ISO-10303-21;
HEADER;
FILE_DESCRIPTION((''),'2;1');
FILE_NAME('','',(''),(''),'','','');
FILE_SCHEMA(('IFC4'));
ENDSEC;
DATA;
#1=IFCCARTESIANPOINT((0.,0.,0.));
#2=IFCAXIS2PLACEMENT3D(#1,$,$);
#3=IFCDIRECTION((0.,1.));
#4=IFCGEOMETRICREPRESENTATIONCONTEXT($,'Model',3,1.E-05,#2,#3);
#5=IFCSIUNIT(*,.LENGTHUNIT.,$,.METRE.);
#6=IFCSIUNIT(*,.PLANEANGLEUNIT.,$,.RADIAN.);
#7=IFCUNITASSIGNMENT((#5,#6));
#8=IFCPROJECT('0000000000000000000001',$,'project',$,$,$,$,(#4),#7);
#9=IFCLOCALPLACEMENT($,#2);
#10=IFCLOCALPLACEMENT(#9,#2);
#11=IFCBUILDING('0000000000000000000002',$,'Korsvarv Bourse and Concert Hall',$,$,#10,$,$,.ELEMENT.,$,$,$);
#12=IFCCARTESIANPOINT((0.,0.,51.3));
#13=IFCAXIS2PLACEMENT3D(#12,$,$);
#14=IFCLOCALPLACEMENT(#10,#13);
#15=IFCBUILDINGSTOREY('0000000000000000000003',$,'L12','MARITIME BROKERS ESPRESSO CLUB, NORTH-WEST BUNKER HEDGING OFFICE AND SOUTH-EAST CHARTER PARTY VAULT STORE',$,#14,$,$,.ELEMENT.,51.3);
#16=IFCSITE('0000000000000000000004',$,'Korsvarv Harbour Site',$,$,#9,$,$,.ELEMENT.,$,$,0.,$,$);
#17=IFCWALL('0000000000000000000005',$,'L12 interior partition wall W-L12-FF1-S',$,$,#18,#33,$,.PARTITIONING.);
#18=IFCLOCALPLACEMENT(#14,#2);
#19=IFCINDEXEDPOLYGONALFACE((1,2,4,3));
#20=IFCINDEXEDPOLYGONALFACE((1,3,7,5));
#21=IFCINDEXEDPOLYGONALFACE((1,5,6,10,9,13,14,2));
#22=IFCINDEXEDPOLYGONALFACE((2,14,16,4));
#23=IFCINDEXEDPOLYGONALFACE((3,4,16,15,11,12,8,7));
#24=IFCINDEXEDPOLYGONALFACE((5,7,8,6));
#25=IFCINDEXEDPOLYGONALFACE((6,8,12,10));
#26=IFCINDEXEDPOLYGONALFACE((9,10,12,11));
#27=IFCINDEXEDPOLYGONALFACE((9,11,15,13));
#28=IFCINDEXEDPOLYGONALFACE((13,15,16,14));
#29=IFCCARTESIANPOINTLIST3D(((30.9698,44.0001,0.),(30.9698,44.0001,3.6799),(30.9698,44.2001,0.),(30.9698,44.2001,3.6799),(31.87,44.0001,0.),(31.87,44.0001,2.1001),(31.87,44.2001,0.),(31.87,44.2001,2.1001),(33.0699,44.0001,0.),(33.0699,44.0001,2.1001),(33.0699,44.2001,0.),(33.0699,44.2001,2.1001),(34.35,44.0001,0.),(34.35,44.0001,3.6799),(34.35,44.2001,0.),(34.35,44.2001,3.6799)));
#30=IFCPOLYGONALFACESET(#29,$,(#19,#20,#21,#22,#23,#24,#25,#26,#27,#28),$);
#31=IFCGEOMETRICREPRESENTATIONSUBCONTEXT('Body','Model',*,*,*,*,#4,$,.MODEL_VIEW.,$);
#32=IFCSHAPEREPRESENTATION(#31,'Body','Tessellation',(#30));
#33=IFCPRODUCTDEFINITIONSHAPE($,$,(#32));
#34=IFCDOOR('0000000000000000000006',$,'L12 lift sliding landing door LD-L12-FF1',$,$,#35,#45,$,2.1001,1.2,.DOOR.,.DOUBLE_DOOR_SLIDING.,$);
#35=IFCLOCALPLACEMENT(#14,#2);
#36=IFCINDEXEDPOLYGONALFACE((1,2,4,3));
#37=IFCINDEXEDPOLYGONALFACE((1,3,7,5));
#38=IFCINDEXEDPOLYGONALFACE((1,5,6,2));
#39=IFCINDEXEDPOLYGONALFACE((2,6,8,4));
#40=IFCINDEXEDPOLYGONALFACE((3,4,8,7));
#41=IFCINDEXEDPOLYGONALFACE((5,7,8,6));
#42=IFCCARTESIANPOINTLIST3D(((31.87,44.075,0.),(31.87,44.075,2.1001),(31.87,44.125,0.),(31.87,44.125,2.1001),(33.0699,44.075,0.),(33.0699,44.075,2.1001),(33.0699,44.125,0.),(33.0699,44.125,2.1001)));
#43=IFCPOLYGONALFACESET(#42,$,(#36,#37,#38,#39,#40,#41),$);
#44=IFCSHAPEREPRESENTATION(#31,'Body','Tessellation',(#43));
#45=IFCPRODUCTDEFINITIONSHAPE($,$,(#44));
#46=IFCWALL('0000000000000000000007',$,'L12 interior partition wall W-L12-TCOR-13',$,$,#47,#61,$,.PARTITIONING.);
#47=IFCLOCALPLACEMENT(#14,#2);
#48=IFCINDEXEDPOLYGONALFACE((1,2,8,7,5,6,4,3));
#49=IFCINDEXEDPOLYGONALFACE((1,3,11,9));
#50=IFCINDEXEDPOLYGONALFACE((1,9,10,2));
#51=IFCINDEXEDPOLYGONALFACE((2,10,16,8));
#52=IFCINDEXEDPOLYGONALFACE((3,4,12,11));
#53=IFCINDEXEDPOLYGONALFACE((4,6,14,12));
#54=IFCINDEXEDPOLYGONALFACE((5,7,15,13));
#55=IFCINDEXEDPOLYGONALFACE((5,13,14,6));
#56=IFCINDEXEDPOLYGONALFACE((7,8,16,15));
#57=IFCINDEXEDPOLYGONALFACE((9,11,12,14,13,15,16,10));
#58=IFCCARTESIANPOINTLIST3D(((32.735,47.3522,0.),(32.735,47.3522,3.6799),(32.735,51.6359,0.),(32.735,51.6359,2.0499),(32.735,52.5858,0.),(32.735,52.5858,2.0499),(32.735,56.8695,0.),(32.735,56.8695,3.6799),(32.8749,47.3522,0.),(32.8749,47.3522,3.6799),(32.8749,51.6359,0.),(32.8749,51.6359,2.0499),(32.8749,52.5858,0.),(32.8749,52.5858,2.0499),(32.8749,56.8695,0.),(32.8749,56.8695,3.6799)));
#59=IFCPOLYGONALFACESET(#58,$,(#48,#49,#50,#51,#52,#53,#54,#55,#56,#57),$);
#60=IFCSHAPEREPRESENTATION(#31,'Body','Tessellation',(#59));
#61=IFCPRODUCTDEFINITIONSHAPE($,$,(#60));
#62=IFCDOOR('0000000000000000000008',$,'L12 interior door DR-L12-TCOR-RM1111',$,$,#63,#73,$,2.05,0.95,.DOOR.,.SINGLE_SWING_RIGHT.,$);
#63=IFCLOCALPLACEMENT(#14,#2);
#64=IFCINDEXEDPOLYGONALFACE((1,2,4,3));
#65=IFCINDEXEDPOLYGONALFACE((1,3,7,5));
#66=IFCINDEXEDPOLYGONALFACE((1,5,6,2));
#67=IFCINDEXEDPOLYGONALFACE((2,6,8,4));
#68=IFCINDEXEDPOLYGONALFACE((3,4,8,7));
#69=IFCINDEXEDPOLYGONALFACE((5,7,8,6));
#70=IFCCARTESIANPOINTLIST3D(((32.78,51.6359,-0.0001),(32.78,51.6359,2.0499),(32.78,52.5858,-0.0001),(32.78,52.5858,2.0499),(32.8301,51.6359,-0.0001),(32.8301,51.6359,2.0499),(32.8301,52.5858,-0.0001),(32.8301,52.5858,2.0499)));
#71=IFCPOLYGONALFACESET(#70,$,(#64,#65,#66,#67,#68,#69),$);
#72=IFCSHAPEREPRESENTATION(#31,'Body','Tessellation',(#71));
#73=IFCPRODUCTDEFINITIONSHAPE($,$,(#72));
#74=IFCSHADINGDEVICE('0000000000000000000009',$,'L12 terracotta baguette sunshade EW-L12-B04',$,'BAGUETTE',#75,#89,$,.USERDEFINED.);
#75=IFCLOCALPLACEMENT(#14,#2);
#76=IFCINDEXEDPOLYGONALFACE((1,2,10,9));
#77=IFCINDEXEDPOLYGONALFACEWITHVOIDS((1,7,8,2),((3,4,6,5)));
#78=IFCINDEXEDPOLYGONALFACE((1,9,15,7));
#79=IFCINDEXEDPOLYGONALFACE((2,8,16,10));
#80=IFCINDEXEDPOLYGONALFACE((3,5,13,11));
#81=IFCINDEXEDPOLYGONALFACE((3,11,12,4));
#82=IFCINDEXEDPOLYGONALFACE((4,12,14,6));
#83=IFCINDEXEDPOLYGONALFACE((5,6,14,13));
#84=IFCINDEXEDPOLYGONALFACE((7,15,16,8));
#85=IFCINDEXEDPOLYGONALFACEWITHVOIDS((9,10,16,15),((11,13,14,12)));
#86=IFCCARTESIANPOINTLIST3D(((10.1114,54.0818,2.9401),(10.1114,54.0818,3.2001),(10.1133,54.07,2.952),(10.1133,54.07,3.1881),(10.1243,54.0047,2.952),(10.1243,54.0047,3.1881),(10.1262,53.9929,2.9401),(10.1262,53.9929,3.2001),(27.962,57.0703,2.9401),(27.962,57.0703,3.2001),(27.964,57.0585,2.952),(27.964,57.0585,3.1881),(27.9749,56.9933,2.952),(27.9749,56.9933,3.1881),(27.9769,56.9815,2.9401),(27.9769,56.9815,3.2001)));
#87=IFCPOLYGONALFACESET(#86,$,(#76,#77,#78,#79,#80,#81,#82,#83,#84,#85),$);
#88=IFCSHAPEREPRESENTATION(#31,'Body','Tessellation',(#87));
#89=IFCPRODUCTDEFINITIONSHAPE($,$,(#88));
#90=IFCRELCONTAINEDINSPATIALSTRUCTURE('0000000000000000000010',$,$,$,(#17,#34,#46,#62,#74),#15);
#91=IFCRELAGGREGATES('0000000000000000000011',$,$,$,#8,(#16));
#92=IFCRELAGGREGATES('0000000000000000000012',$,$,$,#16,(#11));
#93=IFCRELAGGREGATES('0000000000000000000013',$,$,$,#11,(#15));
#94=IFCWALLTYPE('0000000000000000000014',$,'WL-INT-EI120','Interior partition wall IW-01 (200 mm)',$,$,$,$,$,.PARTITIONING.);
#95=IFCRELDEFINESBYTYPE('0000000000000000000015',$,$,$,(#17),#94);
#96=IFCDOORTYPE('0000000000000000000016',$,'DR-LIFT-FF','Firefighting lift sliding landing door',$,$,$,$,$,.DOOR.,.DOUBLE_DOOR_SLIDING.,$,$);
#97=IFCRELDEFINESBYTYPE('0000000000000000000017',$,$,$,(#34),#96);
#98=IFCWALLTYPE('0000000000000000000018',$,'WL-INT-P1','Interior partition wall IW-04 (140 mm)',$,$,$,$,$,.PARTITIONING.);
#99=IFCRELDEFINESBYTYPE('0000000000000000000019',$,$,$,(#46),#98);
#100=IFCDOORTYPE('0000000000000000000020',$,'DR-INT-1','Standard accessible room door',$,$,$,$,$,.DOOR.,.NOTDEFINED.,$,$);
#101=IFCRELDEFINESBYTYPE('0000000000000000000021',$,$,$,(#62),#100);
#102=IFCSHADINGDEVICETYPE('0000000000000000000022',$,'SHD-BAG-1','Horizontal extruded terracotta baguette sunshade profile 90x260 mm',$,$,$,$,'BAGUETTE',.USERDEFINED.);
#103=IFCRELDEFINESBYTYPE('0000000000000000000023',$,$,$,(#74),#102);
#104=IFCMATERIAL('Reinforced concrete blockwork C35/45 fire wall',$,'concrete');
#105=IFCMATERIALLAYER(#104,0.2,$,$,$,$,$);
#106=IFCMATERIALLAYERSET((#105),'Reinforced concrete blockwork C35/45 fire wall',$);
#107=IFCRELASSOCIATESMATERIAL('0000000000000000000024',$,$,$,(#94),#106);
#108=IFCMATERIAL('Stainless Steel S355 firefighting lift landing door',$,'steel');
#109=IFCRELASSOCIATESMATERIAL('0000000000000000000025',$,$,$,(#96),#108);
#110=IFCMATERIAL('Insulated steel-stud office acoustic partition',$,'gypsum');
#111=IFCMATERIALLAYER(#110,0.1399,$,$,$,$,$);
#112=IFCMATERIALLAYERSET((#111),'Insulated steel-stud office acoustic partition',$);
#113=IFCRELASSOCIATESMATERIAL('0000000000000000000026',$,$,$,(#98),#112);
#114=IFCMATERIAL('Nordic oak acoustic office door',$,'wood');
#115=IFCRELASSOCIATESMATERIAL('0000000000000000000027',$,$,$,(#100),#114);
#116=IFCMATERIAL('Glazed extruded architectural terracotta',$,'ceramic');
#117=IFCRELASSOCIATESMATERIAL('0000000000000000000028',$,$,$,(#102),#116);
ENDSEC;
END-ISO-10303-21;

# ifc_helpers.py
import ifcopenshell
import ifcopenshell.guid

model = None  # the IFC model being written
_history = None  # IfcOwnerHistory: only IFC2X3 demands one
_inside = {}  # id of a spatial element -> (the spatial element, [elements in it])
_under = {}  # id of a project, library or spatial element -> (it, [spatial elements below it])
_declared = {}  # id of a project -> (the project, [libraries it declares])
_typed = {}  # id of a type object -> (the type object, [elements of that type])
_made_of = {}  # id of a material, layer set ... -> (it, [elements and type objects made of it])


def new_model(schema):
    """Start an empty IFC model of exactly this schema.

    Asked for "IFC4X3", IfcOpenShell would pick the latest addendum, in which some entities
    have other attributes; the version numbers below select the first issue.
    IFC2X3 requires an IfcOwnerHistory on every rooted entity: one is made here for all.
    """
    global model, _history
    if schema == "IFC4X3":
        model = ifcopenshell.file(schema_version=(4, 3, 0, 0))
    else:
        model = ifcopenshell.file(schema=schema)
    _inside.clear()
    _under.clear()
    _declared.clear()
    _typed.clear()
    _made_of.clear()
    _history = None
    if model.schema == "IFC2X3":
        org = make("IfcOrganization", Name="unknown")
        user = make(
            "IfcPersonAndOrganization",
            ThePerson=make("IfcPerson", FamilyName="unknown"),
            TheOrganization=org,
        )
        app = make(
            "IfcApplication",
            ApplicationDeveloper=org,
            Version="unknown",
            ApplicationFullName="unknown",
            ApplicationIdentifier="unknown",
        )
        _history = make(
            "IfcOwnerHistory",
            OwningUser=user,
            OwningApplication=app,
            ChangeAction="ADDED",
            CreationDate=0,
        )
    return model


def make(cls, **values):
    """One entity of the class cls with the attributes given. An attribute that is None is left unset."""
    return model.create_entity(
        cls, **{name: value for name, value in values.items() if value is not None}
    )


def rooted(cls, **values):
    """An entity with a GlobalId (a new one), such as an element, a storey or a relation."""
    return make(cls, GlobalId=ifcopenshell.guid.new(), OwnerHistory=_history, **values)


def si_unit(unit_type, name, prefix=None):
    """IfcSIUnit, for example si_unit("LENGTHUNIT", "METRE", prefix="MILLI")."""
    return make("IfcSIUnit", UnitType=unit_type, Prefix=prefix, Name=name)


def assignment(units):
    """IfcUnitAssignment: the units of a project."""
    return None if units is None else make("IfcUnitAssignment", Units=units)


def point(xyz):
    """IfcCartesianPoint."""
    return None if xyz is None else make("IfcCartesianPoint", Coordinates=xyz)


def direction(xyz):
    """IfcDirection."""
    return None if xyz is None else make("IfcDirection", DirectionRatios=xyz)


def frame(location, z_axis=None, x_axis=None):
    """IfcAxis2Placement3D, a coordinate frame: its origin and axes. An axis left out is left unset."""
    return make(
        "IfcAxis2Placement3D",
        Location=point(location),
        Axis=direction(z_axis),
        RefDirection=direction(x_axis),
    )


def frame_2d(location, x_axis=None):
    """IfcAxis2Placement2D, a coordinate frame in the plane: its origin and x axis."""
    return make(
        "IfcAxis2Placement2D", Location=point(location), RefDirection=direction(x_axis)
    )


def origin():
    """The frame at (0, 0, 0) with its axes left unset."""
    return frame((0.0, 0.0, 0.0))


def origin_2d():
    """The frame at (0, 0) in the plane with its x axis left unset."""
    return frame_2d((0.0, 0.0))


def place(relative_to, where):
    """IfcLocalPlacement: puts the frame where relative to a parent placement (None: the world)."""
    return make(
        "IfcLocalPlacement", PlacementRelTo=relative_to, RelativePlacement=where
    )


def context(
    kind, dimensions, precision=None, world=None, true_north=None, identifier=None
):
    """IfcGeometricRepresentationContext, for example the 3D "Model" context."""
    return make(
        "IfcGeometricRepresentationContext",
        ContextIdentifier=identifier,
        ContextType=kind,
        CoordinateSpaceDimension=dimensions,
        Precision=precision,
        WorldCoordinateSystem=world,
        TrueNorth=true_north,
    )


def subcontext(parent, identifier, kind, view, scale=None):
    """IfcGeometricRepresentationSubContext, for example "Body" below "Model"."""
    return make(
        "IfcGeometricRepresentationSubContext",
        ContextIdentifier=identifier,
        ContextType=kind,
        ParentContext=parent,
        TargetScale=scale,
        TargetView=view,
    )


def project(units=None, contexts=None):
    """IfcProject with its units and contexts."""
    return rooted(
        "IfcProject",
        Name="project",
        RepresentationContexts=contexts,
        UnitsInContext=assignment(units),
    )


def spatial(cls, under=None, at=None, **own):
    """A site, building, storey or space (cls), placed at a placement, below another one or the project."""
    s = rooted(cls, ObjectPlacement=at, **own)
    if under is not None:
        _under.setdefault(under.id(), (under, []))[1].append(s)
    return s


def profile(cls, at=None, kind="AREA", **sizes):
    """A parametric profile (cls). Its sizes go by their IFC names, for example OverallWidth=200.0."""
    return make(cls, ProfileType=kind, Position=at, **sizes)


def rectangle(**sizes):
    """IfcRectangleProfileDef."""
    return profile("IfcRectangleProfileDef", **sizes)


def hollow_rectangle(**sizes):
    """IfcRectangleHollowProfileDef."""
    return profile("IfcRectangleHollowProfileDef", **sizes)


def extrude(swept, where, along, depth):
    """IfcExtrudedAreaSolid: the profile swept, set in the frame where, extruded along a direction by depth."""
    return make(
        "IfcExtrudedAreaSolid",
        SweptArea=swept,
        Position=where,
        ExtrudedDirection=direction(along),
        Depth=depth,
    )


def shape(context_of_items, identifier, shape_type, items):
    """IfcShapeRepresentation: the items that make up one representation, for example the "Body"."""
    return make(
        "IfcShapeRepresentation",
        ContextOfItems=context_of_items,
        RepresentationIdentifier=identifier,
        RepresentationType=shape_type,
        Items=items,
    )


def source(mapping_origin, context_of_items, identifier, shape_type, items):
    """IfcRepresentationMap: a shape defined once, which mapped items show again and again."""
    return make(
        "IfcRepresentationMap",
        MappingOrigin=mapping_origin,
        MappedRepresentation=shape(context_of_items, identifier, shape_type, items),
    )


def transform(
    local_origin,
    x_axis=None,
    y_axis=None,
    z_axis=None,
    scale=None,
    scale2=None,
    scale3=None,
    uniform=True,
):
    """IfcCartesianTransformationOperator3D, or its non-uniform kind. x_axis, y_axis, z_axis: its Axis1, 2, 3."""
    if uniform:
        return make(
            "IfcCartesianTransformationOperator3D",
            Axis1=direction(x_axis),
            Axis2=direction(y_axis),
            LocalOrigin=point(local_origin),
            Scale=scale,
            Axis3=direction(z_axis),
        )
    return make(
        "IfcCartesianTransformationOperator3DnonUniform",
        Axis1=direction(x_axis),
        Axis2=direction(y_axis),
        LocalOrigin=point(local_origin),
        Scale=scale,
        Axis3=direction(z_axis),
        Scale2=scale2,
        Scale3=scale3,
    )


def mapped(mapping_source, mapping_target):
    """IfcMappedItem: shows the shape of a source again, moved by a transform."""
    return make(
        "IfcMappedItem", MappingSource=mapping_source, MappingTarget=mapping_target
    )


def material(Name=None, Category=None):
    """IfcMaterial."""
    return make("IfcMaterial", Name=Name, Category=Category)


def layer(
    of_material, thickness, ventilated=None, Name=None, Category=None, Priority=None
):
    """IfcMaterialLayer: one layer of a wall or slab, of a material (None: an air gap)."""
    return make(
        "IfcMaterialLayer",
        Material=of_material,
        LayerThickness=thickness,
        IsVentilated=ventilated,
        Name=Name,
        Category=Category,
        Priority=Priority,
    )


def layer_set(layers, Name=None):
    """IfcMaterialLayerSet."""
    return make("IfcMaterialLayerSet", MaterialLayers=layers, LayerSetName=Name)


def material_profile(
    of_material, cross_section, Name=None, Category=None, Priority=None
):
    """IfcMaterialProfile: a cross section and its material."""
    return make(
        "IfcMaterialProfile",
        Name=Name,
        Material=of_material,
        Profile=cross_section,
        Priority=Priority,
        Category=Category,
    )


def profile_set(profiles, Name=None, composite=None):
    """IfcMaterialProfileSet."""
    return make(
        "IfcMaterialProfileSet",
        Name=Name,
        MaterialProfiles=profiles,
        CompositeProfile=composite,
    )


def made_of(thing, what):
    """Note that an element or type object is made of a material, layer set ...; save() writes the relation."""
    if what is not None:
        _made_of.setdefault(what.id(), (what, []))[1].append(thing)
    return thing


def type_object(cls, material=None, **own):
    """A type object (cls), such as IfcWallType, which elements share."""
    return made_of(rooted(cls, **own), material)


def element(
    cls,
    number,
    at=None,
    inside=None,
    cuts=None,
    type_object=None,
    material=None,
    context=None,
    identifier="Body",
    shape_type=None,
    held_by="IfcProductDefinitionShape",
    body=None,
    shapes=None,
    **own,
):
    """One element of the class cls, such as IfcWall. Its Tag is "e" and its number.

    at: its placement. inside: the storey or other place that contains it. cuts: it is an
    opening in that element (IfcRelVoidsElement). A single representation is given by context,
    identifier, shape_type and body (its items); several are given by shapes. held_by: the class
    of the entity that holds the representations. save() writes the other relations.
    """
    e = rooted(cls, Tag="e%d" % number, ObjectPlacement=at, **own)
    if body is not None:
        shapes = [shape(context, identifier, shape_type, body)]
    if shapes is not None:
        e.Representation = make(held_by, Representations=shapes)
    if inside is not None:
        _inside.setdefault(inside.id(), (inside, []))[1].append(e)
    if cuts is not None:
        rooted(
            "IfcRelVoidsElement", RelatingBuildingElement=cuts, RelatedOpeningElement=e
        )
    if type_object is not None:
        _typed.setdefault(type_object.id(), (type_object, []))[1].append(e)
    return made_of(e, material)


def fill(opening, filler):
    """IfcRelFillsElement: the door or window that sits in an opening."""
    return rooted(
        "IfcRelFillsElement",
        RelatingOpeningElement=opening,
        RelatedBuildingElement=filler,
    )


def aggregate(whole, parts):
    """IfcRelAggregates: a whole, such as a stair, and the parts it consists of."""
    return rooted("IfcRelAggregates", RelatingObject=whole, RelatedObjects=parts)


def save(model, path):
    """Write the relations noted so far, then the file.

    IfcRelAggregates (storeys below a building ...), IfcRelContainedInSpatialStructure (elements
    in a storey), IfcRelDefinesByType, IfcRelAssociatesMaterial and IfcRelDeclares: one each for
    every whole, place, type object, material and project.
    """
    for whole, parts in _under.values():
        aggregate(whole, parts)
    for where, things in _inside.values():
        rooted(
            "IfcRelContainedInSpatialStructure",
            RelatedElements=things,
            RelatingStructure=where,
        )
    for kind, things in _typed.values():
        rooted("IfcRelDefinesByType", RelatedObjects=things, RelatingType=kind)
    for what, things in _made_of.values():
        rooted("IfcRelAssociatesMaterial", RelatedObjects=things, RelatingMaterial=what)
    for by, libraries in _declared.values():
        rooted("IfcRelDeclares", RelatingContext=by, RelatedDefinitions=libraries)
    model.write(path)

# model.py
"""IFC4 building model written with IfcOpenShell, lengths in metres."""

from ifc_helpers import new_model, si_unit, direction, frame, frame_2d, origin, origin_2d, place, context, subcontext, project, spatial, rectangle, hollow_rectangle, extrude, source, transform, mapped, material, layer, layer_set, material_profile, profile_set, type_object, element, fill, save


model = new_model("IFC4")

# Units and contexts
model_context = context("Model", 3, precision=1e-05, world=origin(), true_north=direction((0.0, 1.0)))
body_context = subcontext(model_context, "Body", "Model", "MODEL_VIEW")
ifc_project = project(units=[si_unit("LENGTHUNIT", "METRE"), si_unit("PLANEANGLEUNIT", "RADIAN")], contexts=[model_context])

# Site, building, storey
site_placement = place(None, origin())
site = spatial("IfcSite", under=ifc_project, at=site_placement, Name="Korsvarv Harbour Site", CompositionType="ELEMENT", RefElevation=0.0)
building_placement = place(site_placement, origin())
building = spatial("IfcBuilding", under=site, at=building_placement, Name="Korsvarv Bourse and Concert Hall", CompositionType="ELEMENT")
storey_placement = place(building_placement, frame((0.0, 0.0, 51.3)))
storey = spatial("IfcBuildingStorey", under=building, at=storey_placement, Name="L12", Description="MARITIME BROKERS ESPRESSO CLUB, NORTH-WEST BUNKER HEDGING OFFICE AND SOUTH-EAST CHARTER PARTY VAULT STORE", CompositionType="ELEMENT", Elevation=51.3)

# Walls, openings, doors
ifc_material_1 = material(Name="Reinforced concrete blockwork C35/45 fire wall", Category="concrete")
ifc_layer_1 = layer(ifc_material_1, 0.2)
ifc_layer_set_1 = layer_set([ifc_layer_1], Name="Reinforced concrete blockwork C35/45 fire wall")
wall_type_1 = type_object("IfcWallType", Name="WL-INT-EI120", Description="Interior partition wall IW-01 (200 mm)", PredefinedType="PARTITIONING", material=ifc_layer_set_1)
wall_1_placement = place(storey_placement, frame((30.97, 44.1001, 0.0), z_axis=(0.0, 0.0, 1.0), x_axis=(1.0, 0.0, 0.0)))
wall_1 = element("IfcWall", 1, at=wall_1_placement, inside=storey, type_object=wall_type_1, Name="L12 interior partition wall W-L12-FF1-S", PredefinedType="PARTITIONING", context=body_context, shape_type="SweptSolid", body=[
    extrude(rectangle(XDim=3.3801, YDim=0.2, at=frame_2d((1.6899, 0.0))), origin(), (0.0, 0.0, 1.0), 3.6799),
])
opening_1_placement = place(wall_1_placement, frame((0.8999, 0.0, 0.0)))
opening_1 = element("IfcOpeningElement", 2, at=opening_1_placement, cuts=wall_1, PredefinedType="OPENING", context=body_context, shape_type="SweptSolid", body=[
    extrude(rectangle(XDim=1.2, YDim=2.1001, at=frame_2d((0.6001, 1.05))), frame((0.0, 0.1099, 0.0), z_axis=(0.0, -1.0, 0.0), x_axis=(1.0, 0.0, 0.0)), (0.0, 0.0, 1.0), 0.22),
])
ifc_material_2 = material(Name="Stainless Steel S355 firefighting lift landing door", Category="steel")
door_type_1 = type_object("IfcDoorType", Name="DR-LIFT-FF", Description="Firefighting lift sliding landing door", OperationType="DOUBLE_DOOR_SLIDING", PredefinedType="DOOR", material=ifc_material_2)
door_1_placement = place(opening_1_placement, origin())
door_1 = element("IfcDoor", 3, at=door_1_placement, inside=storey, type_object=door_type_1, Name="L12 lift sliding landing door LD-L12-FF1", OperationType="DOUBLE_DOOR_SLIDING", OverallHeight=2.1001, OverallWidth=1.2, PredefinedType="DOOR", context=body_context, shape_type="SweptSolid", body=[
    extrude(rectangle(XDim=1.2, YDim=2.1001, at=frame_2d((0.6001, 1.05))), frame((0.0, 0.0249, 0.0), z_axis=(0.0, -1.0, 0.0), x_axis=(1.0, 0.0, 0.0)), (0.0, 0.0, 1.0), 0.05),
])
fill(opening_1, door_1)
ifc_material_3 = material(Name="Insulated steel-stud office acoustic partition", Category="gypsum")
ifc_layer_2 = layer(ifc_material_3, 0.1399)
ifc_layer_set_2 = layer_set([ifc_layer_2], Name="Insulated steel-stud office acoustic partition")
wall_type_2 = type_object("IfcWallType", Name="WL-INT-P1", Description="Interior partition wall IW-04 (140 mm)", PredefinedType="PARTITIONING", material=ifc_layer_set_2)
wall_2_placement = place(storey_placement, frame((32.8049, 47.3521, 0.0), z_axis=(0.0, 0.0, 1.0), x_axis=(0.0, 1.0, 0.0)))
wall_2 = element("IfcWall", 4, at=wall_2_placement, inside=storey, type_object=wall_type_2, Name="L12 interior partition wall W-L12-TCOR-13", PredefinedType="PARTITIONING", context=body_context, shape_type="SweptSolid", body=[
    extrude(rectangle(XDim=9.5173, YDim=0.1399, at=frame_2d((4.7588, 0.0))), origin(), (0.0, 0.0, 1.0), 3.6799),
])
opening_2_placement = place(wall_2_placement, frame((4.2837, 0.0, 0.0)))
opening_2 = element("IfcOpeningElement", 5, at=opening_2_placement, cuts=wall_2, PredefinedType="OPENING", context=body_context, shape_type="SweptSolid", body=[
    extrude(rectangle(XDim=0.95, YDim=2.05, at=frame_2d((0.4751, 1.0249))), frame((0.0, 0.0801, 0.0), z_axis=(0.0, -1.0, 0.0), x_axis=(1.0, 0.0, 0.0)), (0.0, 0.0, 1.0), 0.1599),
])
ifc_material_4 = material(Name="Nordic oak acoustic office door", Category="wood")
door_type_2 = type_object("IfcDoorType", Name="DR-INT-1", Description="Standard accessible room door", OperationType="NOTDEFINED", PredefinedType="DOOR", material=ifc_material_4)
door_2_placement = place(opening_2_placement, origin())
door_2 = element("IfcDoor", 6, at=door_2_placement, inside=storey, type_object=door_type_2, Name="L12 interior door DR-L12-TCOR-RM1111", OperationType="SINGLE_SWING_RIGHT", OverallHeight=2.05, OverallWidth=0.95, PredefinedType="DOOR", context=body_context, shape_type="SweptSolid", body=[
    extrude(rectangle(XDim=0.95, YDim=2.05, at=frame_2d((0.4751, 1.0249))), frame((0.0, 0.0249, 0.0), z_axis=(0.0, -1.0, 0.0), x_axis=(1.0, 0.0, 0.0)), (0.0, 0.0, 1.0), 0.05),
])
fill(opening_2, door_2)

# Shading device
ifc_material_5 = material(Name="Glazed extruded architectural terracotta", Category="ceramic")
ifc_material_profile_1 = material_profile(ifc_material_5, hollow_rectangle(XDim=0.0901, YDim=0.26, WallThickness=0.012, at=origin_2d()), Name="TC-BAG 90x260")
ifc_profile_set_1 = profile_set([ifc_material_profile_1], Name="Glazed extruded architectural terracotta")
shading_device_type = type_object("IfcShadingDeviceType", Name="SHD-BAG-1", Description="Horizontal extruded terracotta baguette sunshade profile 90x260 mm", ElementType="BAGUETTE", PredefinedType="USERDEFINED", material=ifc_profile_set_1)
shared_shape_1 = source(origin(), body_context, "Body", "SweptSolid", [
    extrude(hollow_rectangle(XDim=0.0901, YDim=0.26, WallThickness=0.012, at=origin_2d()), origin(), (0.0, 0.0, 1.0), 18.0991),
])
shading_device_placement = place(storey_placement, frame((27.9695, 57.0259, 3.0701), z_axis=(-0.986273, -0.165121, 0.0), x_axis=(0.165121, -0.986273, 0.0)))
element("IfcShadingDevice", 7, at=shading_device_placement, inside=storey, type_object=shading_device_type, Name="L12 terracotta baguette sunshade EW-L12-B04", ObjectType="BAGUETTE", PredefinedType="USERDEFINED", context=body_context, shape_type="MappedRepresentation", body=[
    mapped(shared_shape_1, transform((0.0, 0.0, 0.0), scale=1.0)),
])

save(model, "model.ifc")
